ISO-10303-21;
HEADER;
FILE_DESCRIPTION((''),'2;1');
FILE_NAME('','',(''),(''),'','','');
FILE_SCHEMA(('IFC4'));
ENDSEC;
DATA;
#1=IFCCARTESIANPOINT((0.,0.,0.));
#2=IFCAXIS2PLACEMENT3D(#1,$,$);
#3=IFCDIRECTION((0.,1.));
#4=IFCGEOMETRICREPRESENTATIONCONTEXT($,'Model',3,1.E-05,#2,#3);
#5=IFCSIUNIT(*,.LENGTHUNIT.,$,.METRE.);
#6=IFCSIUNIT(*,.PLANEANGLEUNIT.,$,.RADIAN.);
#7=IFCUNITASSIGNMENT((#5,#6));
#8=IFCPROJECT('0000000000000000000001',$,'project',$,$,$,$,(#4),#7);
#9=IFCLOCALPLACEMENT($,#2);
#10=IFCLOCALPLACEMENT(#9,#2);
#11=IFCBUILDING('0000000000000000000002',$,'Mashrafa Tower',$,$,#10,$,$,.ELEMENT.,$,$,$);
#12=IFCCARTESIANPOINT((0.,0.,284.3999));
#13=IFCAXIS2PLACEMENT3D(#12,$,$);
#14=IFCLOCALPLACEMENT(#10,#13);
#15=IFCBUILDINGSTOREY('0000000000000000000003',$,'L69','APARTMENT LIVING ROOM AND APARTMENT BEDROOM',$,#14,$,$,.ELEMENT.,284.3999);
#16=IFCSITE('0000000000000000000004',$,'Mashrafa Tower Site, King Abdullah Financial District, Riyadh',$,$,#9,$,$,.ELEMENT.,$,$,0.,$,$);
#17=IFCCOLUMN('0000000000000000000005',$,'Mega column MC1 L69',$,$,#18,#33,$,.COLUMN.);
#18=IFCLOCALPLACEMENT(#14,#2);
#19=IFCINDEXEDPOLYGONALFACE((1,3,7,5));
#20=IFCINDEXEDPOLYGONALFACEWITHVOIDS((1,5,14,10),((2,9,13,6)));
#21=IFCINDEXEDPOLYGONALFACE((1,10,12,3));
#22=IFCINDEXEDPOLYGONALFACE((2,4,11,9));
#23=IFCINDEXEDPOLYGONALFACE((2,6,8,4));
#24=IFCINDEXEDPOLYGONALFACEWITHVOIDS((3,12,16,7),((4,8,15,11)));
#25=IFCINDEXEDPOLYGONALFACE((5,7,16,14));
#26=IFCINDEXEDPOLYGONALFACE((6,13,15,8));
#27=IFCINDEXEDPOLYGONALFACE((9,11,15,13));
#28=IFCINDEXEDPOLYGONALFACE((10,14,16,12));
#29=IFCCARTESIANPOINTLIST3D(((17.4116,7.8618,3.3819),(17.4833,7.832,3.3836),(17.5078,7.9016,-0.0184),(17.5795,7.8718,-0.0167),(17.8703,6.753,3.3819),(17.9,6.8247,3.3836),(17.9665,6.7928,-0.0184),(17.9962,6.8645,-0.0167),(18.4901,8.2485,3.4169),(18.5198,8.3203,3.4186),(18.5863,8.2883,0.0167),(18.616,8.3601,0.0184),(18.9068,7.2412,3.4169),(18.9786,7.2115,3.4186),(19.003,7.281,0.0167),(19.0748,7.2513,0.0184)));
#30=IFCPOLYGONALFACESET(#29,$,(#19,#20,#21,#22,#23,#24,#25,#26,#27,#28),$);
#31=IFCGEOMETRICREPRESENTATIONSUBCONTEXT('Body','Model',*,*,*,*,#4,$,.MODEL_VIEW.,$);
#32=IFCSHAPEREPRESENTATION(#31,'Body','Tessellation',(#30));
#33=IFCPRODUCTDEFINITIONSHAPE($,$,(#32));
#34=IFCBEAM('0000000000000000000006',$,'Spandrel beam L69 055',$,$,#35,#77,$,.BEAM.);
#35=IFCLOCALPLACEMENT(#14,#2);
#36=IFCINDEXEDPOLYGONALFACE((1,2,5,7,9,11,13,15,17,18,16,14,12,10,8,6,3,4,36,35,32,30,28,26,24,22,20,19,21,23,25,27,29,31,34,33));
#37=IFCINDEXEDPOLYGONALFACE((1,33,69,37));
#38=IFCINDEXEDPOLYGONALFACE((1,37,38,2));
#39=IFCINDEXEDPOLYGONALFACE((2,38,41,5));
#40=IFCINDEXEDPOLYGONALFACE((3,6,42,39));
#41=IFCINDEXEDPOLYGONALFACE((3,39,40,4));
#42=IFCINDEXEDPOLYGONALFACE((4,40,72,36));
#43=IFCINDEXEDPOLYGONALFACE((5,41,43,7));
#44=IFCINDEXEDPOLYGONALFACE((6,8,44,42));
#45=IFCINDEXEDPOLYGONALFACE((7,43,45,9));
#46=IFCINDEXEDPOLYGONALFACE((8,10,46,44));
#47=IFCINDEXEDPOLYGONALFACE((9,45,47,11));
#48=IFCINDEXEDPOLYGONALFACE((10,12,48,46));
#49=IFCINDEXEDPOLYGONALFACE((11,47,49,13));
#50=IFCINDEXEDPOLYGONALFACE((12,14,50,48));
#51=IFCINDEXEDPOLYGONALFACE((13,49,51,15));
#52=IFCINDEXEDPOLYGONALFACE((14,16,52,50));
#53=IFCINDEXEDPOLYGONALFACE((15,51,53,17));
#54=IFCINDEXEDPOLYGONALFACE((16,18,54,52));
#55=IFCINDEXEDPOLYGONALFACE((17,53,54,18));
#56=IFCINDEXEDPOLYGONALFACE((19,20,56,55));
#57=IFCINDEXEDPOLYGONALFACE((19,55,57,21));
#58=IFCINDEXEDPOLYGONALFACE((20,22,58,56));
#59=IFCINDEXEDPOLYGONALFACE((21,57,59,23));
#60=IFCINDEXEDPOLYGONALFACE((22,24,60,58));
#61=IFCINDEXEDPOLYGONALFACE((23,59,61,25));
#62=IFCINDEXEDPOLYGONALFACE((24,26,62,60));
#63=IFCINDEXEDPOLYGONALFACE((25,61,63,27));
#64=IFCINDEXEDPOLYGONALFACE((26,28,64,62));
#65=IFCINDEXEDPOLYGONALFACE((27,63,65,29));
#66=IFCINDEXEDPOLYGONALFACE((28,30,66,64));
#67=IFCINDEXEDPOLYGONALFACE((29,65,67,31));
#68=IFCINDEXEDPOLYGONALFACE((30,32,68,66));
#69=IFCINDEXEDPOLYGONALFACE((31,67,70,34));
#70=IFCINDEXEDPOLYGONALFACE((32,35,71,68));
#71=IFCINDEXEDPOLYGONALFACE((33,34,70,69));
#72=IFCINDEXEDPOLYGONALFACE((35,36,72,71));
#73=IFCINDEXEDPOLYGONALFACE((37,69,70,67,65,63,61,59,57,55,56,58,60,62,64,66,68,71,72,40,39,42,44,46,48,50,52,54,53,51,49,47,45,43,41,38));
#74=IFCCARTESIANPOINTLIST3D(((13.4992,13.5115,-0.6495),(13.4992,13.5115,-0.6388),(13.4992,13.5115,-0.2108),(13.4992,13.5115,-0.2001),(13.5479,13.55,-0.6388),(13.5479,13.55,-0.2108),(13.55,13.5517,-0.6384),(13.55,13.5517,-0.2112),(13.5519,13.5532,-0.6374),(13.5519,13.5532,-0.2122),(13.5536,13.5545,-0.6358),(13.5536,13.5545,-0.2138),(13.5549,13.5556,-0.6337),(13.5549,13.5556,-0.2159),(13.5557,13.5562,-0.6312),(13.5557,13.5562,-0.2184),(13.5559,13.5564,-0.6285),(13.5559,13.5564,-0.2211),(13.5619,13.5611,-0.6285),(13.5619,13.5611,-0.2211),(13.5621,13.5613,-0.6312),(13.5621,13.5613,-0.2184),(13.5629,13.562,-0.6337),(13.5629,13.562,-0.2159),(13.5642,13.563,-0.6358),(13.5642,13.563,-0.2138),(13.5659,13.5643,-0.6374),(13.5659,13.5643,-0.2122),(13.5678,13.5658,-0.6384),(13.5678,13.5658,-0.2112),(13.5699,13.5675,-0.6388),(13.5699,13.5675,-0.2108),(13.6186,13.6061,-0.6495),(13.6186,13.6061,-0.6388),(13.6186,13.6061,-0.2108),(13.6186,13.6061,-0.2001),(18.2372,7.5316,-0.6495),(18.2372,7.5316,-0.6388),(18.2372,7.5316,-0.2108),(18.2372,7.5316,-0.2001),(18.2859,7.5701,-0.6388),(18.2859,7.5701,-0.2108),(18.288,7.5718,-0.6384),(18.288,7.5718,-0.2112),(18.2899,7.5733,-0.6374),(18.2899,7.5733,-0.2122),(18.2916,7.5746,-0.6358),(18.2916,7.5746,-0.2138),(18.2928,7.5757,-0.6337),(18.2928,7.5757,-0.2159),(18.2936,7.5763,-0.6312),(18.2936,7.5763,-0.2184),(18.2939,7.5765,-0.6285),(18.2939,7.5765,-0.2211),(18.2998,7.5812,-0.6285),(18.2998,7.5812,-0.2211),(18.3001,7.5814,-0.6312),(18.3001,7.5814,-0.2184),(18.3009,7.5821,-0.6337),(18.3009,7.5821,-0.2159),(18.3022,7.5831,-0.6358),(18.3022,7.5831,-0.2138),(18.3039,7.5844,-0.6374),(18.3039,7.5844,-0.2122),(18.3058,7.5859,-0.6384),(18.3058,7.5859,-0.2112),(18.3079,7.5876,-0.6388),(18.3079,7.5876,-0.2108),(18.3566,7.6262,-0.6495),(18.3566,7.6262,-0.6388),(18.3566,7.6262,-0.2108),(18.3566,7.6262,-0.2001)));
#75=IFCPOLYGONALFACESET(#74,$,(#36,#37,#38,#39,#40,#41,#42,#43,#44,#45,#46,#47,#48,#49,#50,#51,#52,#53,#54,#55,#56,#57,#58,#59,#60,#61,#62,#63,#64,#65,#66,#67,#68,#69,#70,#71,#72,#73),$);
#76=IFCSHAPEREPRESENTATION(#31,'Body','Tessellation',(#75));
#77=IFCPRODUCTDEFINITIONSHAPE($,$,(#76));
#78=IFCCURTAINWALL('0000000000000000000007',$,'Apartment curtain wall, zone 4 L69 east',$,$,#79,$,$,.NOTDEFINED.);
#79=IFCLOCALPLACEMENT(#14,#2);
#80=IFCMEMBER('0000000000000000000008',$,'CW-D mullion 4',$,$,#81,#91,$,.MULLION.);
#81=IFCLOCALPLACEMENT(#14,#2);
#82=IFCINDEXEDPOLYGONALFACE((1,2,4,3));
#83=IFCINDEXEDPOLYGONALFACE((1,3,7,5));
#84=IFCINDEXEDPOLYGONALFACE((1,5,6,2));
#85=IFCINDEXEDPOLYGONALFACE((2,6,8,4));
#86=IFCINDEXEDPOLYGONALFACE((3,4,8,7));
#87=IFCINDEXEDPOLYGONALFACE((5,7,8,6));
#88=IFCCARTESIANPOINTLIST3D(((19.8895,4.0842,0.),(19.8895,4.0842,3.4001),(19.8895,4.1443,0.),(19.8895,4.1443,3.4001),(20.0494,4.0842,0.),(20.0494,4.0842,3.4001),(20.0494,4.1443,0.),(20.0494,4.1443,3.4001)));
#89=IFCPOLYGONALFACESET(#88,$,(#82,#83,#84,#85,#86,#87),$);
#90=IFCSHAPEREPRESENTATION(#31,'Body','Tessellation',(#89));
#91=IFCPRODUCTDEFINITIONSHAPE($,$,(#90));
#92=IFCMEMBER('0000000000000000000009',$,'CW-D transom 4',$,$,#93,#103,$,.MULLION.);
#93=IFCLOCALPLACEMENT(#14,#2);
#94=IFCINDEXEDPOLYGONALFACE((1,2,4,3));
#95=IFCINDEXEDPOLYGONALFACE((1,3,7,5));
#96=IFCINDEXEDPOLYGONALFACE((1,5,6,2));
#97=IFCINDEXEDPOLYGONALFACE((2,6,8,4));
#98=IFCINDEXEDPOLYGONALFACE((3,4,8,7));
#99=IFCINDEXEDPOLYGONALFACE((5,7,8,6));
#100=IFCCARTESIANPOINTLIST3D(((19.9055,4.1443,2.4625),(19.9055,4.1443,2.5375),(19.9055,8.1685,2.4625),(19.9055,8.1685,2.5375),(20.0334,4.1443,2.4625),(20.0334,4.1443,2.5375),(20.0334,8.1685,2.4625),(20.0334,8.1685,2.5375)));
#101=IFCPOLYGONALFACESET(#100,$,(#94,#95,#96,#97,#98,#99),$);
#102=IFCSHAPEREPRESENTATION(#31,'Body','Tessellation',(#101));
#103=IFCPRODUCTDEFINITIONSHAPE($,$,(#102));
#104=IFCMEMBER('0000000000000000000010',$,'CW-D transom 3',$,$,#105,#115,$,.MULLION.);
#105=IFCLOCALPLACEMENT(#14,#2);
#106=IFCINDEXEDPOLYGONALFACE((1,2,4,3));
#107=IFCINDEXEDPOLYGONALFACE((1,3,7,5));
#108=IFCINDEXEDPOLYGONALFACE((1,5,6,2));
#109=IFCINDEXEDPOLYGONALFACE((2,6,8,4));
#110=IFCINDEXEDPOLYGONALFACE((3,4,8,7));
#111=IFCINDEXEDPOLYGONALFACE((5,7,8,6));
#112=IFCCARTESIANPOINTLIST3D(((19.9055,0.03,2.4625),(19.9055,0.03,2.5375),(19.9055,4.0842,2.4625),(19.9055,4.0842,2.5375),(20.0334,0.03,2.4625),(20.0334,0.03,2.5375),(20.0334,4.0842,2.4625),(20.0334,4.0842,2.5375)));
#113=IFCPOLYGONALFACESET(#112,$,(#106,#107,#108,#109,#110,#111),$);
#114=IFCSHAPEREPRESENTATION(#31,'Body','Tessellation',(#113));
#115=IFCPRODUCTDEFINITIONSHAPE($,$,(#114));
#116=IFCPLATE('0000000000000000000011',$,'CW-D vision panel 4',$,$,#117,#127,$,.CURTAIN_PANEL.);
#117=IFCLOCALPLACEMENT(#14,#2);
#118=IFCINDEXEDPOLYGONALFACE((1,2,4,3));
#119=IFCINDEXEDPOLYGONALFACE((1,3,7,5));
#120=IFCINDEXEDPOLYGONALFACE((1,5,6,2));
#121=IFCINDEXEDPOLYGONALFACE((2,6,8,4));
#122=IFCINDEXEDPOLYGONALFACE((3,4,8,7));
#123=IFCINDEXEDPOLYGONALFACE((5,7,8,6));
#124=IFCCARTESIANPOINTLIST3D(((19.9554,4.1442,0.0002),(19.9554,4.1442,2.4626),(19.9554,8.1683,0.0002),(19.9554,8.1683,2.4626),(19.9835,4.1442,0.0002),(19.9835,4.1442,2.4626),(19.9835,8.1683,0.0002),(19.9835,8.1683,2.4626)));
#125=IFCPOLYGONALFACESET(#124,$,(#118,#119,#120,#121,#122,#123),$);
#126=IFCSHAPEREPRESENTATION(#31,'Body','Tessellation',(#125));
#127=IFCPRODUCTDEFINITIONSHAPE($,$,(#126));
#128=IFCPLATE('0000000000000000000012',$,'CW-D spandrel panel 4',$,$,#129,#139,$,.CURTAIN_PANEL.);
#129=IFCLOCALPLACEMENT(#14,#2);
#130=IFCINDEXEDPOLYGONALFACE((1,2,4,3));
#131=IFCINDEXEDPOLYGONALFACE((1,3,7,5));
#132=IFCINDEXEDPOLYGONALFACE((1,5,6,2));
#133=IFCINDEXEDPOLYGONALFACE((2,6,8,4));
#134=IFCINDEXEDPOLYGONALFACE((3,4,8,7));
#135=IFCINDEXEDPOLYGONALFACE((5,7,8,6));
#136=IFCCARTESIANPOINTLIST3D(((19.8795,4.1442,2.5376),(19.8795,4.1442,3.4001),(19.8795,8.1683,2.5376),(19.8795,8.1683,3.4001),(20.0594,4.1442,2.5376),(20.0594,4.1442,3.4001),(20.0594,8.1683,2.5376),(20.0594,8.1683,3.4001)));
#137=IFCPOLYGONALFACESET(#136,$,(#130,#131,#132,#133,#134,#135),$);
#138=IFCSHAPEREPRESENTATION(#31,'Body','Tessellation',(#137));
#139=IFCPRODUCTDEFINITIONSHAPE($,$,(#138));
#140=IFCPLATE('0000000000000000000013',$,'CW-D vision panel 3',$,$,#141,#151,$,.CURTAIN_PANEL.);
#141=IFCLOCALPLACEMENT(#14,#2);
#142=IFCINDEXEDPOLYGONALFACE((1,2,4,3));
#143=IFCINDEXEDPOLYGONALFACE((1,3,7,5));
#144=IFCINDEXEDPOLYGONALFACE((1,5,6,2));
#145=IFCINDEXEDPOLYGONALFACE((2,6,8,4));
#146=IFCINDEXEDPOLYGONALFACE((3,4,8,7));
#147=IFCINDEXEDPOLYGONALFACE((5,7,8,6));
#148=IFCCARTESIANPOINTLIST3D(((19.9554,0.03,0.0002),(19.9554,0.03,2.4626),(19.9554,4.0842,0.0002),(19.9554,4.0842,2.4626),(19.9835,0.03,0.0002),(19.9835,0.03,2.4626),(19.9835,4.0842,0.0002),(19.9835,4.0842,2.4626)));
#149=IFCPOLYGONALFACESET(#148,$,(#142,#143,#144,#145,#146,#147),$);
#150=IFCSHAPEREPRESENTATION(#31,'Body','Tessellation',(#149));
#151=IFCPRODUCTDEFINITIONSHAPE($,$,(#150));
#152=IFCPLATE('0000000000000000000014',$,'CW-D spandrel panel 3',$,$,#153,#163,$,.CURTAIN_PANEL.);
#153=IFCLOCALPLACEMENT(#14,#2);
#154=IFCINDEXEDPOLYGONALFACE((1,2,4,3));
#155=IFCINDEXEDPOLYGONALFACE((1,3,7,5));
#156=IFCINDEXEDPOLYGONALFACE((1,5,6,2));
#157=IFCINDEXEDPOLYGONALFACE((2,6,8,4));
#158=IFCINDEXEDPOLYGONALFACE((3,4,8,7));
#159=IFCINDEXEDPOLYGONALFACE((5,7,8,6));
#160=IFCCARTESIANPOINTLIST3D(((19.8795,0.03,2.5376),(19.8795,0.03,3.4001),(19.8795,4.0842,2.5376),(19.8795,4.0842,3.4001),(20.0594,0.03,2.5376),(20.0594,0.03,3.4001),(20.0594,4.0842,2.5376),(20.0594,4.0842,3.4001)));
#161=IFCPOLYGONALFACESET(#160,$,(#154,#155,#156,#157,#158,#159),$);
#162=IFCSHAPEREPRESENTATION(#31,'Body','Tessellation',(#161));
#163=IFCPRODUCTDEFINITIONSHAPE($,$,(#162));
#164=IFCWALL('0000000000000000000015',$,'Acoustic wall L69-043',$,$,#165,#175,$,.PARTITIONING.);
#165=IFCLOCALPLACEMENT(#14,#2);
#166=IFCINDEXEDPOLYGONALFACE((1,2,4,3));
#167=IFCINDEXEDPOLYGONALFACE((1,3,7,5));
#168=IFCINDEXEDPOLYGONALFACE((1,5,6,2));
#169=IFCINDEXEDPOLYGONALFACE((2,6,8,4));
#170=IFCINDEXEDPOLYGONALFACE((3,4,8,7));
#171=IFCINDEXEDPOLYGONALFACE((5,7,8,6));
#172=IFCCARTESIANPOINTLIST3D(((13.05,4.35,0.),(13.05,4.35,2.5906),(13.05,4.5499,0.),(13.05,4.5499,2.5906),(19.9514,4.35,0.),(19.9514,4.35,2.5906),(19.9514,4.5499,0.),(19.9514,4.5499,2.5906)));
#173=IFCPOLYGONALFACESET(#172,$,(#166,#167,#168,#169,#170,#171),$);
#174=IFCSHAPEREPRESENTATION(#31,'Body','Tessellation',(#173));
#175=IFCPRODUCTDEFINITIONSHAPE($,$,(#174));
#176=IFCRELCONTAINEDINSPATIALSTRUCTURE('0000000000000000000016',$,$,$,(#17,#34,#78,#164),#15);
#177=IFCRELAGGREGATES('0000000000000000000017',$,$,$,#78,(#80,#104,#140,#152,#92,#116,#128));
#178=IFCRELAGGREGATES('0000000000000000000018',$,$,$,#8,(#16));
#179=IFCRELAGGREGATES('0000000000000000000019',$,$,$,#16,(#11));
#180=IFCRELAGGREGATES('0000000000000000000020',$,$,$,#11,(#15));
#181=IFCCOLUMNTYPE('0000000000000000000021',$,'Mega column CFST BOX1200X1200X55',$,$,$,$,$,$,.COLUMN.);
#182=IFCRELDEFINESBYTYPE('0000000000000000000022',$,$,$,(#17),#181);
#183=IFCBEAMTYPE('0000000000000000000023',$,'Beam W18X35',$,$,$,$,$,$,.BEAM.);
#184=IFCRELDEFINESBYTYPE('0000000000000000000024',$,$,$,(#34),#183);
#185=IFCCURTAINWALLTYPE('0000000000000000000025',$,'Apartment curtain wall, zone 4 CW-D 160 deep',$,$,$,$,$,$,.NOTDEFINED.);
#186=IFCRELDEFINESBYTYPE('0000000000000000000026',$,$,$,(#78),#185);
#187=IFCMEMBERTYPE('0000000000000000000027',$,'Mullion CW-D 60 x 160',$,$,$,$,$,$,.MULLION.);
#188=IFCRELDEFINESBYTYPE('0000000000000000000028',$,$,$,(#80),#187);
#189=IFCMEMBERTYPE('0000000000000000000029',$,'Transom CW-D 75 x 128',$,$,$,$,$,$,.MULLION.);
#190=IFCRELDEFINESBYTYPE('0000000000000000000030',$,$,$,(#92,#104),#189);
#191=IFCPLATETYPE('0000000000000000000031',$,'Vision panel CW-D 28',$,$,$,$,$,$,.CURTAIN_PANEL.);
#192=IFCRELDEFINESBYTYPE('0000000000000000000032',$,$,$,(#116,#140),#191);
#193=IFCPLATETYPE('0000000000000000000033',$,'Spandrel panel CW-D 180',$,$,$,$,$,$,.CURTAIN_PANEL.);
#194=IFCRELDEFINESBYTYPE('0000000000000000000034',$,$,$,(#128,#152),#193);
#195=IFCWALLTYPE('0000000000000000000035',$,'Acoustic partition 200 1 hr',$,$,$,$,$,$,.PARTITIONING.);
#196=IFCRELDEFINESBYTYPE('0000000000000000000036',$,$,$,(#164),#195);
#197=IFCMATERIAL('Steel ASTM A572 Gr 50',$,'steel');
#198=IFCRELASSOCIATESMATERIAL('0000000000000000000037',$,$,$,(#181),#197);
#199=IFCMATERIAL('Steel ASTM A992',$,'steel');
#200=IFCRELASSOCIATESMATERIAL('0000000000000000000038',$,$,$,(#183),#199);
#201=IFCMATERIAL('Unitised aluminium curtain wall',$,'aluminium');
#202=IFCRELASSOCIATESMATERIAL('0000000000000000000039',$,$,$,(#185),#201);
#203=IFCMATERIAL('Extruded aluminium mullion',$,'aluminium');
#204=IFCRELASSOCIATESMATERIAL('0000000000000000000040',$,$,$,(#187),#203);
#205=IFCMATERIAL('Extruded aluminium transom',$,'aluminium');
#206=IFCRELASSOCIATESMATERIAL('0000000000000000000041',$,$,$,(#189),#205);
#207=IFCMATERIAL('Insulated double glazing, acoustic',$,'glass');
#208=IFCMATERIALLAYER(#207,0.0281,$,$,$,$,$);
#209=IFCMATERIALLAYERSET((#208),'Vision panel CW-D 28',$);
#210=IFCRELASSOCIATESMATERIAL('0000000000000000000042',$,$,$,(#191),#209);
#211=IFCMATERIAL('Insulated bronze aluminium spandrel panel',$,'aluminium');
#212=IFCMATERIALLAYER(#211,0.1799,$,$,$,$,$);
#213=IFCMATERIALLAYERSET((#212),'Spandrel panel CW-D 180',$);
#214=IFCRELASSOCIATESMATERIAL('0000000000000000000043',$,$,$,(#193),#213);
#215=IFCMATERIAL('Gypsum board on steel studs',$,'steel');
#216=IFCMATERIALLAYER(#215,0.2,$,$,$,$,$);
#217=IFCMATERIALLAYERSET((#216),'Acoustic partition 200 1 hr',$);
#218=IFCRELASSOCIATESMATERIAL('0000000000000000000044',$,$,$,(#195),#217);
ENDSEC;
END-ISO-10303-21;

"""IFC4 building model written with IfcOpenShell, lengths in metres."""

from ifc_helpers import new_model, si_unit, direction, frame, frame_2d, origin, origin_2d, place, context, subcontext, project, spatial, rectangle, hollow_rectangle, i_section, extrude, source, transform, mapped, material, layer, layer_set, material_profile, profile_set, type_object, type_shapes, element, aggregate, save


model = new_model("IFC4")

# Units and contexts
model_context = context("Model", 3, precision=1e-05, world=origin(), true_north=direction((0.0, 1.0)))
body_context = subcontext(model_context, "Body", "Model", "MODEL_VIEW")
ifc_project = project(units=[si_unit("LENGTHUNIT", "METRE"), si_unit("PLANEANGLEUNIT", "RADIAN")], contexts=[model_context])

# Site, building, storey
site_placement = place(None, origin())
site = spatial("IfcSite", under=ifc_project, at=site_placement, Name="Mashrafa Tower Site, King Abdullah Financial District, Riyadh", CompositionType="ELEMENT", RefElevation=0.0)
building_placement = place(site_placement, origin())
building = spatial("IfcBuilding", under=site, at=building_placement, Name="Mashrafa Tower", CompositionType="ELEMENT")
storey_placement = place(building_placement, frame((0.0, 0.0, 284.3999)))
storey = spatial("IfcBuildingStorey", under=building, at=storey_placement, Name="L69", Description="APARTMENT LIVING ROOM AND APARTMENT BEDROOM", CompositionType="ELEMENT", Elevation=284.3999)

# Column
ifc_material_1 = material(Name="Steel ASTM A572 Gr 50", Category="steel")
ifc_material_profile_1 = material_profile(ifc_material_1, hollow_rectangle(XDim=1.2, YDim=1.2, WallThickness=0.0549, at=origin_2d()), Name="BOX1200X1200X55")
ifc_profile_set_1 = profile_set([ifc_material_profile_1], Name="Steel ASTM A572 Gr 50")
column_type = type_object("IfcColumnType", Name="Mega column CFST BOX1200X1200X55", PredefinedType="COLUMN", material=ifc_profile_set_1)
column_placement = place(storey_placement, frame((18.2913, 7.5764, 0.0), z_axis=(-0.028277, -0.011698, 0.999532), x_axis=(0.382283, -0.924045, 0.0)))
element("IfcColumn", 1, at=column_placement, inside=storey, type_object=column_type, Name="Mega column MC1 L69", PredefinedType="COLUMN", context=body_context, shape_type="SweptSolid", body=[
    extrude(hollow_rectangle(XDim=1.2, YDim=1.2, WallThickness=0.0549, at=origin_2d()), origin(), (0.0, 0.0, 1.0), 3.4019),
])

# Beam
ifc_material_2 = material(Name="Steel ASTM A992", Category="steel")
ifc_material_profile_2 = material_profile(ifc_material_2, i_section(OverallWidth=0.1523, OverallDepth=0.4495, WebThickness=0.0076, FlangeThickness=0.0107, FilletRadius=0.0103, at=origin_2d()), Name="W18X35")
ifc_profile_set_2 = profile_set([ifc_material_profile_2], Name="Steel ASTM A992")
beam_type = type_object("IfcBeamType", Name="Beam W18X35", PredefinedType="BEAM", material=ifc_profile_set_2)
beam_placement = place(storey_placement, frame((18.2969, 7.5789, -0.4248), z_axis=(-0.621016, 0.783798, 0.0), x_axis=(-0.783798, -0.621016, 0.0)))
element("IfcBeam", 2, at=beam_placement, inside=storey, type_object=beam_type, Name="Spandrel beam L69 055", PredefinedType="BEAM", context=body_context, shape_type="SweptSolid", body=[
    extrude(i_section(OverallWidth=0.1523, OverallDepth=0.4495, WebThickness=0.0076, FlangeThickness=0.0107, FilletRadius=0.0103, at=origin_2d()), origin(), (0.0, 0.0, 1.0), 7.6294),
])

# Curtain wall, members, plates
ifc_material_3 = material(Name="Unitised aluminium curtain wall", Category="aluminium")
curtain_wall_type = type_object("IfcCurtainWallType", Name="Apartment curtain wall, zone 4 CW-D 160 deep", PredefinedType="NOTDEFINED", material=ifc_material_3)
curtain_wall_placement = place(storey_placement, origin())
curtain_wall = element("IfcCurtainWall", 3, at=curtain_wall_placement, inside=storey, type_object=curtain_wall_type, Name="Apartment curtain wall, zone 4 L69 east", PredefinedType="NOTDEFINED")
ifc_material_4 = material(Name="Extruded aluminium mullion", Category="aluminium")
ifc_material_profile_3 = material_profile(ifc_material_4, rectangle(XDim=0.1599, YDim=0.0601, at=origin_2d()), Name="Mullion 60x160")
ifc_profile_set_3 = profile_set([ifc_material_profile_3], Name="Extruded aluminium mullion")
member_type_1 = type_object("IfcMemberType", Name="Mullion CW-D 60 x 160", PredefinedType="MULLION", material=ifc_profile_set_3)
shared_shape_1 = source(origin(), body_context, "Body", "SweptSolid", [
    extrude(rectangle(XDim=0.1599, YDim=0.0601, at=origin_2d()), origin(), (0.0, 0.0, 1.0), 3.4001),
])
type_shapes(member_type_1, [shared_shape_1])
member_1_placement = place(storey_placement, frame((19.9695, 4.1143, 0.0), z_axis=(0.0, 0.0, 1.0), x_axis=(-1.0, 0.0, 0.0)))
member_1 = element("IfcMember", 4, at=member_1_placement, type_object=member_type_1, Name="CW-D mullion 4", PredefinedType="MULLION", context=body_context, shape_type="MappedRepresentation", body=[
    mapped(shared_shape_1, transform((0.0, 0.0, 0.0))),
])
ifc_material_5 = material(Name="Extruded aluminium transom", Category="aluminium")
ifc_material_profile_4 = material_profile(ifc_material_5, rectangle(XDim=0.1279, YDim=0.075, at=origin_2d()), Name="Transom 75x128")
ifc_profile_set_4 = profile_set([ifc_material_profile_4], Name="Extruded aluminium transom")
member_type_2 = type_object("IfcMemberType", Name="Transom CW-D 75 x 128", PredefinedType="MULLION", material=ifc_profile_set_4)
shared_shape_2 = source(origin(), body_context, "Body", "SweptSolid", [
    extrude(rectangle(XDim=0.1279, YDim=0.075, at=origin_2d()), origin(), (0.0, 0.0, 1.0), 4.0242),
])
member_2_placement = place(storey_placement, frame((19.9695, 4.1443, 2.5), z_axis=(0.0, 1.0, 0.0), x_axis=(-1.0, 0.0, 0.0)))
member_2 = element("IfcMember", 5, at=member_2_placement, type_object=member_type_2, Name="CW-D transom 4", PredefinedType="MULLION", context=body_context, shape_type="MappedRepresentation", body=[
    mapped(shared_shape_2, transform((0.0, 0.0, 0.0))),
])
shared_shape_3 = source(origin(), body_context, "Body", "SweptSolid", [
    extrude(rectangle(XDim=0.1279, YDim=0.075, at=origin_2d()), origin(), (0.0, 0.0, 1.0), 4.0542),
])
type_shapes(member_type_2, [shared_shape_2, shared_shape_3])
member_3_placement = place(storey_placement, frame((19.9695, 0.03, 2.5), z_axis=(0.0, 1.0, 0.0), x_axis=(-1.0, 0.0, 0.0)))
member_3 = element("IfcMember", 6, at=member_3_placement, type_object=member_type_2, Name="CW-D transom 3", PredefinedType="MULLION", context=body_context, shape_type="MappedRepresentation", body=[
    mapped(shared_shape_3, transform((0.0, 0.0, 0.0))),
])
ifc_material_6 = material(Name="Insulated double glazing, acoustic", Category="glass")
ifc_layer_1 = layer(ifc_material_6, 0.0281)
ifc_layer_set_1 = layer_set([ifc_layer_1], Name="Vision panel CW-D 28")
plate_type_1 = type_object("IfcPlateType", Name="Vision panel CW-D 28", PredefinedType="CURTAIN_PANEL", material=ifc_layer_set_1)
shared_shape_4 = source(origin(), body_context, "Body", "SweptSolid", [
    extrude(rectangle(XDim=4.0242, YDim=0.0281, at=origin_2d()), origin(), (0.0, 0.0, 1.0), 2.4624),
])
plate_1_placement = place(storey_placement, frame((19.9695, 6.1562, 0.0002), z_axis=(0.0, 0.0, 1.0), x_axis=(0.0, 1.0, 0.0)))
plate_1 = element("IfcPlate", 7, at=plate_1_placement, type_object=plate_type_1, Name="CW-D vision panel 4", PredefinedType="CURTAIN_PANEL", context=body_context, shape_type="MappedRepresentation", body=[
    mapped(shared_shape_4, transform((0.0, 0.0, 0.0))),
])
ifc_material_7 = material(Name="Insulated bronze aluminium spandrel panel", Category="aluminium")
ifc_layer_2 = layer(ifc_material_7, 0.1799)
ifc_layer_set_2 = layer_set([ifc_layer_2], Name="Spandrel panel CW-D 180")
plate_type_2 = type_object("IfcPlateType", Name="Spandrel panel CW-D 180", PredefinedType="CURTAIN_PANEL", material=ifc_layer_set_2)
shared_shape_5 = source(origin(), body_context, "Body", "SweptSolid", [
    extrude(rectangle(XDim=4.0242, YDim=0.1799, at=origin_2d()), origin(), (0.0, 0.0, 1.0), 0.8625),
])
plate_2_placement = place(storey_placement, frame((19.9695, 6.1562, 2.5376), z_axis=(0.0, 0.0, 1.0), x_axis=(0.0, 1.0, 0.0)))
plate_2 = element("IfcPlate", 8, at=plate_2_placement, type_object=plate_type_2, Name="CW-D spandrel panel 4", PredefinedType="CURTAIN_PANEL", context=body_context, shape_type="MappedRepresentation", body=[
    mapped(shared_shape_5, transform((0.0, 0.0, 0.0))),
])
shared_shape_6 = source(origin(), body_context, "Body", "SweptSolid", [
    extrude(rectangle(XDim=4.0542, YDim=0.0281, at=origin_2d()), origin(), (0.0, 0.0, 1.0), 2.4624),
])
type_shapes(plate_type_1, [shared_shape_4, shared_shape_6])
plate_3_placement = place(storey_placement, frame((19.9695, 2.0571, 0.0002), z_axis=(0.0, 0.0, 1.0), x_axis=(0.0, 1.0, 0.0)))
plate_3 = element("IfcPlate", 9, at=plate_3_placement, type_object=plate_type_1, Name="CW-D vision panel 3", PredefinedType="CURTAIN_PANEL", context=body_context, shape_type="MappedRepresentation", body=[
    mapped(shared_shape_6, transform((0.0, 0.0, 0.0))),
])
shared_shape_7 = source(origin(), body_context, "Body", "SweptSolid", [
    extrude(rectangle(XDim=4.0542, YDim=0.1799, at=origin_2d()), origin(), (0.0, 0.0, 1.0), 0.8625),
])
type_shapes(plate_type_2, [shared_shape_5, shared_shape_7])
plate_4_placement = place(storey_placement, frame((19.9695, 2.0571, 2.5376), z_axis=(0.0, 0.0, 1.0), x_axis=(0.0, 1.0, 0.0)))
plate_4 = element("IfcPlate", 10, at=plate_4_placement, type_object=plate_type_2, Name="CW-D spandrel panel 3", PredefinedType="CURTAIN_PANEL", context=body_context, shape_type="MappedRepresentation", body=[
    mapped(shared_shape_7, transform((0.0, 0.0, 0.0))),
])
aggregate(curtain_wall, [member_1, member_3, plate_3, plate_4, member_2, plate_1, plate_2])

# Wall
ifc_material_8 = material(Name="Gypsum board on steel studs", Category="steel")
ifc_layer_3 = layer(ifc_material_8, 0.2)
ifc_layer_set_3 = layer_set([ifc_layer_3], Name="Acoustic partition 200 1 hr")
wall_type_1 = type_object("IfcWallType", Name="Acoustic partition 200 1 hr", PredefinedType="PARTITIONING", material=ifc_layer_set_3)
wall_1_placement = place(storey_placement, frame((13.05, 4.45, 0.0), z_axis=(0.0, 0.0, 1.0), x_axis=(1.0, 0.0, 0.0)))
element("IfcWall", 11, at=wall_1_placement, inside=storey, type_object=wall_type_1, Name="Acoustic wall L69-043", PredefinedType="PARTITIONING", context=body_context, shape_type="SweptSolid", body=[
    extrude(rectangle(XDim=6.9014, YDim=0.2, at=frame_2d((3.4507, 0.0))), origin(), (0.0, 0.0, 1.0), 2.5906),
])

save(model, "model.ifc")
